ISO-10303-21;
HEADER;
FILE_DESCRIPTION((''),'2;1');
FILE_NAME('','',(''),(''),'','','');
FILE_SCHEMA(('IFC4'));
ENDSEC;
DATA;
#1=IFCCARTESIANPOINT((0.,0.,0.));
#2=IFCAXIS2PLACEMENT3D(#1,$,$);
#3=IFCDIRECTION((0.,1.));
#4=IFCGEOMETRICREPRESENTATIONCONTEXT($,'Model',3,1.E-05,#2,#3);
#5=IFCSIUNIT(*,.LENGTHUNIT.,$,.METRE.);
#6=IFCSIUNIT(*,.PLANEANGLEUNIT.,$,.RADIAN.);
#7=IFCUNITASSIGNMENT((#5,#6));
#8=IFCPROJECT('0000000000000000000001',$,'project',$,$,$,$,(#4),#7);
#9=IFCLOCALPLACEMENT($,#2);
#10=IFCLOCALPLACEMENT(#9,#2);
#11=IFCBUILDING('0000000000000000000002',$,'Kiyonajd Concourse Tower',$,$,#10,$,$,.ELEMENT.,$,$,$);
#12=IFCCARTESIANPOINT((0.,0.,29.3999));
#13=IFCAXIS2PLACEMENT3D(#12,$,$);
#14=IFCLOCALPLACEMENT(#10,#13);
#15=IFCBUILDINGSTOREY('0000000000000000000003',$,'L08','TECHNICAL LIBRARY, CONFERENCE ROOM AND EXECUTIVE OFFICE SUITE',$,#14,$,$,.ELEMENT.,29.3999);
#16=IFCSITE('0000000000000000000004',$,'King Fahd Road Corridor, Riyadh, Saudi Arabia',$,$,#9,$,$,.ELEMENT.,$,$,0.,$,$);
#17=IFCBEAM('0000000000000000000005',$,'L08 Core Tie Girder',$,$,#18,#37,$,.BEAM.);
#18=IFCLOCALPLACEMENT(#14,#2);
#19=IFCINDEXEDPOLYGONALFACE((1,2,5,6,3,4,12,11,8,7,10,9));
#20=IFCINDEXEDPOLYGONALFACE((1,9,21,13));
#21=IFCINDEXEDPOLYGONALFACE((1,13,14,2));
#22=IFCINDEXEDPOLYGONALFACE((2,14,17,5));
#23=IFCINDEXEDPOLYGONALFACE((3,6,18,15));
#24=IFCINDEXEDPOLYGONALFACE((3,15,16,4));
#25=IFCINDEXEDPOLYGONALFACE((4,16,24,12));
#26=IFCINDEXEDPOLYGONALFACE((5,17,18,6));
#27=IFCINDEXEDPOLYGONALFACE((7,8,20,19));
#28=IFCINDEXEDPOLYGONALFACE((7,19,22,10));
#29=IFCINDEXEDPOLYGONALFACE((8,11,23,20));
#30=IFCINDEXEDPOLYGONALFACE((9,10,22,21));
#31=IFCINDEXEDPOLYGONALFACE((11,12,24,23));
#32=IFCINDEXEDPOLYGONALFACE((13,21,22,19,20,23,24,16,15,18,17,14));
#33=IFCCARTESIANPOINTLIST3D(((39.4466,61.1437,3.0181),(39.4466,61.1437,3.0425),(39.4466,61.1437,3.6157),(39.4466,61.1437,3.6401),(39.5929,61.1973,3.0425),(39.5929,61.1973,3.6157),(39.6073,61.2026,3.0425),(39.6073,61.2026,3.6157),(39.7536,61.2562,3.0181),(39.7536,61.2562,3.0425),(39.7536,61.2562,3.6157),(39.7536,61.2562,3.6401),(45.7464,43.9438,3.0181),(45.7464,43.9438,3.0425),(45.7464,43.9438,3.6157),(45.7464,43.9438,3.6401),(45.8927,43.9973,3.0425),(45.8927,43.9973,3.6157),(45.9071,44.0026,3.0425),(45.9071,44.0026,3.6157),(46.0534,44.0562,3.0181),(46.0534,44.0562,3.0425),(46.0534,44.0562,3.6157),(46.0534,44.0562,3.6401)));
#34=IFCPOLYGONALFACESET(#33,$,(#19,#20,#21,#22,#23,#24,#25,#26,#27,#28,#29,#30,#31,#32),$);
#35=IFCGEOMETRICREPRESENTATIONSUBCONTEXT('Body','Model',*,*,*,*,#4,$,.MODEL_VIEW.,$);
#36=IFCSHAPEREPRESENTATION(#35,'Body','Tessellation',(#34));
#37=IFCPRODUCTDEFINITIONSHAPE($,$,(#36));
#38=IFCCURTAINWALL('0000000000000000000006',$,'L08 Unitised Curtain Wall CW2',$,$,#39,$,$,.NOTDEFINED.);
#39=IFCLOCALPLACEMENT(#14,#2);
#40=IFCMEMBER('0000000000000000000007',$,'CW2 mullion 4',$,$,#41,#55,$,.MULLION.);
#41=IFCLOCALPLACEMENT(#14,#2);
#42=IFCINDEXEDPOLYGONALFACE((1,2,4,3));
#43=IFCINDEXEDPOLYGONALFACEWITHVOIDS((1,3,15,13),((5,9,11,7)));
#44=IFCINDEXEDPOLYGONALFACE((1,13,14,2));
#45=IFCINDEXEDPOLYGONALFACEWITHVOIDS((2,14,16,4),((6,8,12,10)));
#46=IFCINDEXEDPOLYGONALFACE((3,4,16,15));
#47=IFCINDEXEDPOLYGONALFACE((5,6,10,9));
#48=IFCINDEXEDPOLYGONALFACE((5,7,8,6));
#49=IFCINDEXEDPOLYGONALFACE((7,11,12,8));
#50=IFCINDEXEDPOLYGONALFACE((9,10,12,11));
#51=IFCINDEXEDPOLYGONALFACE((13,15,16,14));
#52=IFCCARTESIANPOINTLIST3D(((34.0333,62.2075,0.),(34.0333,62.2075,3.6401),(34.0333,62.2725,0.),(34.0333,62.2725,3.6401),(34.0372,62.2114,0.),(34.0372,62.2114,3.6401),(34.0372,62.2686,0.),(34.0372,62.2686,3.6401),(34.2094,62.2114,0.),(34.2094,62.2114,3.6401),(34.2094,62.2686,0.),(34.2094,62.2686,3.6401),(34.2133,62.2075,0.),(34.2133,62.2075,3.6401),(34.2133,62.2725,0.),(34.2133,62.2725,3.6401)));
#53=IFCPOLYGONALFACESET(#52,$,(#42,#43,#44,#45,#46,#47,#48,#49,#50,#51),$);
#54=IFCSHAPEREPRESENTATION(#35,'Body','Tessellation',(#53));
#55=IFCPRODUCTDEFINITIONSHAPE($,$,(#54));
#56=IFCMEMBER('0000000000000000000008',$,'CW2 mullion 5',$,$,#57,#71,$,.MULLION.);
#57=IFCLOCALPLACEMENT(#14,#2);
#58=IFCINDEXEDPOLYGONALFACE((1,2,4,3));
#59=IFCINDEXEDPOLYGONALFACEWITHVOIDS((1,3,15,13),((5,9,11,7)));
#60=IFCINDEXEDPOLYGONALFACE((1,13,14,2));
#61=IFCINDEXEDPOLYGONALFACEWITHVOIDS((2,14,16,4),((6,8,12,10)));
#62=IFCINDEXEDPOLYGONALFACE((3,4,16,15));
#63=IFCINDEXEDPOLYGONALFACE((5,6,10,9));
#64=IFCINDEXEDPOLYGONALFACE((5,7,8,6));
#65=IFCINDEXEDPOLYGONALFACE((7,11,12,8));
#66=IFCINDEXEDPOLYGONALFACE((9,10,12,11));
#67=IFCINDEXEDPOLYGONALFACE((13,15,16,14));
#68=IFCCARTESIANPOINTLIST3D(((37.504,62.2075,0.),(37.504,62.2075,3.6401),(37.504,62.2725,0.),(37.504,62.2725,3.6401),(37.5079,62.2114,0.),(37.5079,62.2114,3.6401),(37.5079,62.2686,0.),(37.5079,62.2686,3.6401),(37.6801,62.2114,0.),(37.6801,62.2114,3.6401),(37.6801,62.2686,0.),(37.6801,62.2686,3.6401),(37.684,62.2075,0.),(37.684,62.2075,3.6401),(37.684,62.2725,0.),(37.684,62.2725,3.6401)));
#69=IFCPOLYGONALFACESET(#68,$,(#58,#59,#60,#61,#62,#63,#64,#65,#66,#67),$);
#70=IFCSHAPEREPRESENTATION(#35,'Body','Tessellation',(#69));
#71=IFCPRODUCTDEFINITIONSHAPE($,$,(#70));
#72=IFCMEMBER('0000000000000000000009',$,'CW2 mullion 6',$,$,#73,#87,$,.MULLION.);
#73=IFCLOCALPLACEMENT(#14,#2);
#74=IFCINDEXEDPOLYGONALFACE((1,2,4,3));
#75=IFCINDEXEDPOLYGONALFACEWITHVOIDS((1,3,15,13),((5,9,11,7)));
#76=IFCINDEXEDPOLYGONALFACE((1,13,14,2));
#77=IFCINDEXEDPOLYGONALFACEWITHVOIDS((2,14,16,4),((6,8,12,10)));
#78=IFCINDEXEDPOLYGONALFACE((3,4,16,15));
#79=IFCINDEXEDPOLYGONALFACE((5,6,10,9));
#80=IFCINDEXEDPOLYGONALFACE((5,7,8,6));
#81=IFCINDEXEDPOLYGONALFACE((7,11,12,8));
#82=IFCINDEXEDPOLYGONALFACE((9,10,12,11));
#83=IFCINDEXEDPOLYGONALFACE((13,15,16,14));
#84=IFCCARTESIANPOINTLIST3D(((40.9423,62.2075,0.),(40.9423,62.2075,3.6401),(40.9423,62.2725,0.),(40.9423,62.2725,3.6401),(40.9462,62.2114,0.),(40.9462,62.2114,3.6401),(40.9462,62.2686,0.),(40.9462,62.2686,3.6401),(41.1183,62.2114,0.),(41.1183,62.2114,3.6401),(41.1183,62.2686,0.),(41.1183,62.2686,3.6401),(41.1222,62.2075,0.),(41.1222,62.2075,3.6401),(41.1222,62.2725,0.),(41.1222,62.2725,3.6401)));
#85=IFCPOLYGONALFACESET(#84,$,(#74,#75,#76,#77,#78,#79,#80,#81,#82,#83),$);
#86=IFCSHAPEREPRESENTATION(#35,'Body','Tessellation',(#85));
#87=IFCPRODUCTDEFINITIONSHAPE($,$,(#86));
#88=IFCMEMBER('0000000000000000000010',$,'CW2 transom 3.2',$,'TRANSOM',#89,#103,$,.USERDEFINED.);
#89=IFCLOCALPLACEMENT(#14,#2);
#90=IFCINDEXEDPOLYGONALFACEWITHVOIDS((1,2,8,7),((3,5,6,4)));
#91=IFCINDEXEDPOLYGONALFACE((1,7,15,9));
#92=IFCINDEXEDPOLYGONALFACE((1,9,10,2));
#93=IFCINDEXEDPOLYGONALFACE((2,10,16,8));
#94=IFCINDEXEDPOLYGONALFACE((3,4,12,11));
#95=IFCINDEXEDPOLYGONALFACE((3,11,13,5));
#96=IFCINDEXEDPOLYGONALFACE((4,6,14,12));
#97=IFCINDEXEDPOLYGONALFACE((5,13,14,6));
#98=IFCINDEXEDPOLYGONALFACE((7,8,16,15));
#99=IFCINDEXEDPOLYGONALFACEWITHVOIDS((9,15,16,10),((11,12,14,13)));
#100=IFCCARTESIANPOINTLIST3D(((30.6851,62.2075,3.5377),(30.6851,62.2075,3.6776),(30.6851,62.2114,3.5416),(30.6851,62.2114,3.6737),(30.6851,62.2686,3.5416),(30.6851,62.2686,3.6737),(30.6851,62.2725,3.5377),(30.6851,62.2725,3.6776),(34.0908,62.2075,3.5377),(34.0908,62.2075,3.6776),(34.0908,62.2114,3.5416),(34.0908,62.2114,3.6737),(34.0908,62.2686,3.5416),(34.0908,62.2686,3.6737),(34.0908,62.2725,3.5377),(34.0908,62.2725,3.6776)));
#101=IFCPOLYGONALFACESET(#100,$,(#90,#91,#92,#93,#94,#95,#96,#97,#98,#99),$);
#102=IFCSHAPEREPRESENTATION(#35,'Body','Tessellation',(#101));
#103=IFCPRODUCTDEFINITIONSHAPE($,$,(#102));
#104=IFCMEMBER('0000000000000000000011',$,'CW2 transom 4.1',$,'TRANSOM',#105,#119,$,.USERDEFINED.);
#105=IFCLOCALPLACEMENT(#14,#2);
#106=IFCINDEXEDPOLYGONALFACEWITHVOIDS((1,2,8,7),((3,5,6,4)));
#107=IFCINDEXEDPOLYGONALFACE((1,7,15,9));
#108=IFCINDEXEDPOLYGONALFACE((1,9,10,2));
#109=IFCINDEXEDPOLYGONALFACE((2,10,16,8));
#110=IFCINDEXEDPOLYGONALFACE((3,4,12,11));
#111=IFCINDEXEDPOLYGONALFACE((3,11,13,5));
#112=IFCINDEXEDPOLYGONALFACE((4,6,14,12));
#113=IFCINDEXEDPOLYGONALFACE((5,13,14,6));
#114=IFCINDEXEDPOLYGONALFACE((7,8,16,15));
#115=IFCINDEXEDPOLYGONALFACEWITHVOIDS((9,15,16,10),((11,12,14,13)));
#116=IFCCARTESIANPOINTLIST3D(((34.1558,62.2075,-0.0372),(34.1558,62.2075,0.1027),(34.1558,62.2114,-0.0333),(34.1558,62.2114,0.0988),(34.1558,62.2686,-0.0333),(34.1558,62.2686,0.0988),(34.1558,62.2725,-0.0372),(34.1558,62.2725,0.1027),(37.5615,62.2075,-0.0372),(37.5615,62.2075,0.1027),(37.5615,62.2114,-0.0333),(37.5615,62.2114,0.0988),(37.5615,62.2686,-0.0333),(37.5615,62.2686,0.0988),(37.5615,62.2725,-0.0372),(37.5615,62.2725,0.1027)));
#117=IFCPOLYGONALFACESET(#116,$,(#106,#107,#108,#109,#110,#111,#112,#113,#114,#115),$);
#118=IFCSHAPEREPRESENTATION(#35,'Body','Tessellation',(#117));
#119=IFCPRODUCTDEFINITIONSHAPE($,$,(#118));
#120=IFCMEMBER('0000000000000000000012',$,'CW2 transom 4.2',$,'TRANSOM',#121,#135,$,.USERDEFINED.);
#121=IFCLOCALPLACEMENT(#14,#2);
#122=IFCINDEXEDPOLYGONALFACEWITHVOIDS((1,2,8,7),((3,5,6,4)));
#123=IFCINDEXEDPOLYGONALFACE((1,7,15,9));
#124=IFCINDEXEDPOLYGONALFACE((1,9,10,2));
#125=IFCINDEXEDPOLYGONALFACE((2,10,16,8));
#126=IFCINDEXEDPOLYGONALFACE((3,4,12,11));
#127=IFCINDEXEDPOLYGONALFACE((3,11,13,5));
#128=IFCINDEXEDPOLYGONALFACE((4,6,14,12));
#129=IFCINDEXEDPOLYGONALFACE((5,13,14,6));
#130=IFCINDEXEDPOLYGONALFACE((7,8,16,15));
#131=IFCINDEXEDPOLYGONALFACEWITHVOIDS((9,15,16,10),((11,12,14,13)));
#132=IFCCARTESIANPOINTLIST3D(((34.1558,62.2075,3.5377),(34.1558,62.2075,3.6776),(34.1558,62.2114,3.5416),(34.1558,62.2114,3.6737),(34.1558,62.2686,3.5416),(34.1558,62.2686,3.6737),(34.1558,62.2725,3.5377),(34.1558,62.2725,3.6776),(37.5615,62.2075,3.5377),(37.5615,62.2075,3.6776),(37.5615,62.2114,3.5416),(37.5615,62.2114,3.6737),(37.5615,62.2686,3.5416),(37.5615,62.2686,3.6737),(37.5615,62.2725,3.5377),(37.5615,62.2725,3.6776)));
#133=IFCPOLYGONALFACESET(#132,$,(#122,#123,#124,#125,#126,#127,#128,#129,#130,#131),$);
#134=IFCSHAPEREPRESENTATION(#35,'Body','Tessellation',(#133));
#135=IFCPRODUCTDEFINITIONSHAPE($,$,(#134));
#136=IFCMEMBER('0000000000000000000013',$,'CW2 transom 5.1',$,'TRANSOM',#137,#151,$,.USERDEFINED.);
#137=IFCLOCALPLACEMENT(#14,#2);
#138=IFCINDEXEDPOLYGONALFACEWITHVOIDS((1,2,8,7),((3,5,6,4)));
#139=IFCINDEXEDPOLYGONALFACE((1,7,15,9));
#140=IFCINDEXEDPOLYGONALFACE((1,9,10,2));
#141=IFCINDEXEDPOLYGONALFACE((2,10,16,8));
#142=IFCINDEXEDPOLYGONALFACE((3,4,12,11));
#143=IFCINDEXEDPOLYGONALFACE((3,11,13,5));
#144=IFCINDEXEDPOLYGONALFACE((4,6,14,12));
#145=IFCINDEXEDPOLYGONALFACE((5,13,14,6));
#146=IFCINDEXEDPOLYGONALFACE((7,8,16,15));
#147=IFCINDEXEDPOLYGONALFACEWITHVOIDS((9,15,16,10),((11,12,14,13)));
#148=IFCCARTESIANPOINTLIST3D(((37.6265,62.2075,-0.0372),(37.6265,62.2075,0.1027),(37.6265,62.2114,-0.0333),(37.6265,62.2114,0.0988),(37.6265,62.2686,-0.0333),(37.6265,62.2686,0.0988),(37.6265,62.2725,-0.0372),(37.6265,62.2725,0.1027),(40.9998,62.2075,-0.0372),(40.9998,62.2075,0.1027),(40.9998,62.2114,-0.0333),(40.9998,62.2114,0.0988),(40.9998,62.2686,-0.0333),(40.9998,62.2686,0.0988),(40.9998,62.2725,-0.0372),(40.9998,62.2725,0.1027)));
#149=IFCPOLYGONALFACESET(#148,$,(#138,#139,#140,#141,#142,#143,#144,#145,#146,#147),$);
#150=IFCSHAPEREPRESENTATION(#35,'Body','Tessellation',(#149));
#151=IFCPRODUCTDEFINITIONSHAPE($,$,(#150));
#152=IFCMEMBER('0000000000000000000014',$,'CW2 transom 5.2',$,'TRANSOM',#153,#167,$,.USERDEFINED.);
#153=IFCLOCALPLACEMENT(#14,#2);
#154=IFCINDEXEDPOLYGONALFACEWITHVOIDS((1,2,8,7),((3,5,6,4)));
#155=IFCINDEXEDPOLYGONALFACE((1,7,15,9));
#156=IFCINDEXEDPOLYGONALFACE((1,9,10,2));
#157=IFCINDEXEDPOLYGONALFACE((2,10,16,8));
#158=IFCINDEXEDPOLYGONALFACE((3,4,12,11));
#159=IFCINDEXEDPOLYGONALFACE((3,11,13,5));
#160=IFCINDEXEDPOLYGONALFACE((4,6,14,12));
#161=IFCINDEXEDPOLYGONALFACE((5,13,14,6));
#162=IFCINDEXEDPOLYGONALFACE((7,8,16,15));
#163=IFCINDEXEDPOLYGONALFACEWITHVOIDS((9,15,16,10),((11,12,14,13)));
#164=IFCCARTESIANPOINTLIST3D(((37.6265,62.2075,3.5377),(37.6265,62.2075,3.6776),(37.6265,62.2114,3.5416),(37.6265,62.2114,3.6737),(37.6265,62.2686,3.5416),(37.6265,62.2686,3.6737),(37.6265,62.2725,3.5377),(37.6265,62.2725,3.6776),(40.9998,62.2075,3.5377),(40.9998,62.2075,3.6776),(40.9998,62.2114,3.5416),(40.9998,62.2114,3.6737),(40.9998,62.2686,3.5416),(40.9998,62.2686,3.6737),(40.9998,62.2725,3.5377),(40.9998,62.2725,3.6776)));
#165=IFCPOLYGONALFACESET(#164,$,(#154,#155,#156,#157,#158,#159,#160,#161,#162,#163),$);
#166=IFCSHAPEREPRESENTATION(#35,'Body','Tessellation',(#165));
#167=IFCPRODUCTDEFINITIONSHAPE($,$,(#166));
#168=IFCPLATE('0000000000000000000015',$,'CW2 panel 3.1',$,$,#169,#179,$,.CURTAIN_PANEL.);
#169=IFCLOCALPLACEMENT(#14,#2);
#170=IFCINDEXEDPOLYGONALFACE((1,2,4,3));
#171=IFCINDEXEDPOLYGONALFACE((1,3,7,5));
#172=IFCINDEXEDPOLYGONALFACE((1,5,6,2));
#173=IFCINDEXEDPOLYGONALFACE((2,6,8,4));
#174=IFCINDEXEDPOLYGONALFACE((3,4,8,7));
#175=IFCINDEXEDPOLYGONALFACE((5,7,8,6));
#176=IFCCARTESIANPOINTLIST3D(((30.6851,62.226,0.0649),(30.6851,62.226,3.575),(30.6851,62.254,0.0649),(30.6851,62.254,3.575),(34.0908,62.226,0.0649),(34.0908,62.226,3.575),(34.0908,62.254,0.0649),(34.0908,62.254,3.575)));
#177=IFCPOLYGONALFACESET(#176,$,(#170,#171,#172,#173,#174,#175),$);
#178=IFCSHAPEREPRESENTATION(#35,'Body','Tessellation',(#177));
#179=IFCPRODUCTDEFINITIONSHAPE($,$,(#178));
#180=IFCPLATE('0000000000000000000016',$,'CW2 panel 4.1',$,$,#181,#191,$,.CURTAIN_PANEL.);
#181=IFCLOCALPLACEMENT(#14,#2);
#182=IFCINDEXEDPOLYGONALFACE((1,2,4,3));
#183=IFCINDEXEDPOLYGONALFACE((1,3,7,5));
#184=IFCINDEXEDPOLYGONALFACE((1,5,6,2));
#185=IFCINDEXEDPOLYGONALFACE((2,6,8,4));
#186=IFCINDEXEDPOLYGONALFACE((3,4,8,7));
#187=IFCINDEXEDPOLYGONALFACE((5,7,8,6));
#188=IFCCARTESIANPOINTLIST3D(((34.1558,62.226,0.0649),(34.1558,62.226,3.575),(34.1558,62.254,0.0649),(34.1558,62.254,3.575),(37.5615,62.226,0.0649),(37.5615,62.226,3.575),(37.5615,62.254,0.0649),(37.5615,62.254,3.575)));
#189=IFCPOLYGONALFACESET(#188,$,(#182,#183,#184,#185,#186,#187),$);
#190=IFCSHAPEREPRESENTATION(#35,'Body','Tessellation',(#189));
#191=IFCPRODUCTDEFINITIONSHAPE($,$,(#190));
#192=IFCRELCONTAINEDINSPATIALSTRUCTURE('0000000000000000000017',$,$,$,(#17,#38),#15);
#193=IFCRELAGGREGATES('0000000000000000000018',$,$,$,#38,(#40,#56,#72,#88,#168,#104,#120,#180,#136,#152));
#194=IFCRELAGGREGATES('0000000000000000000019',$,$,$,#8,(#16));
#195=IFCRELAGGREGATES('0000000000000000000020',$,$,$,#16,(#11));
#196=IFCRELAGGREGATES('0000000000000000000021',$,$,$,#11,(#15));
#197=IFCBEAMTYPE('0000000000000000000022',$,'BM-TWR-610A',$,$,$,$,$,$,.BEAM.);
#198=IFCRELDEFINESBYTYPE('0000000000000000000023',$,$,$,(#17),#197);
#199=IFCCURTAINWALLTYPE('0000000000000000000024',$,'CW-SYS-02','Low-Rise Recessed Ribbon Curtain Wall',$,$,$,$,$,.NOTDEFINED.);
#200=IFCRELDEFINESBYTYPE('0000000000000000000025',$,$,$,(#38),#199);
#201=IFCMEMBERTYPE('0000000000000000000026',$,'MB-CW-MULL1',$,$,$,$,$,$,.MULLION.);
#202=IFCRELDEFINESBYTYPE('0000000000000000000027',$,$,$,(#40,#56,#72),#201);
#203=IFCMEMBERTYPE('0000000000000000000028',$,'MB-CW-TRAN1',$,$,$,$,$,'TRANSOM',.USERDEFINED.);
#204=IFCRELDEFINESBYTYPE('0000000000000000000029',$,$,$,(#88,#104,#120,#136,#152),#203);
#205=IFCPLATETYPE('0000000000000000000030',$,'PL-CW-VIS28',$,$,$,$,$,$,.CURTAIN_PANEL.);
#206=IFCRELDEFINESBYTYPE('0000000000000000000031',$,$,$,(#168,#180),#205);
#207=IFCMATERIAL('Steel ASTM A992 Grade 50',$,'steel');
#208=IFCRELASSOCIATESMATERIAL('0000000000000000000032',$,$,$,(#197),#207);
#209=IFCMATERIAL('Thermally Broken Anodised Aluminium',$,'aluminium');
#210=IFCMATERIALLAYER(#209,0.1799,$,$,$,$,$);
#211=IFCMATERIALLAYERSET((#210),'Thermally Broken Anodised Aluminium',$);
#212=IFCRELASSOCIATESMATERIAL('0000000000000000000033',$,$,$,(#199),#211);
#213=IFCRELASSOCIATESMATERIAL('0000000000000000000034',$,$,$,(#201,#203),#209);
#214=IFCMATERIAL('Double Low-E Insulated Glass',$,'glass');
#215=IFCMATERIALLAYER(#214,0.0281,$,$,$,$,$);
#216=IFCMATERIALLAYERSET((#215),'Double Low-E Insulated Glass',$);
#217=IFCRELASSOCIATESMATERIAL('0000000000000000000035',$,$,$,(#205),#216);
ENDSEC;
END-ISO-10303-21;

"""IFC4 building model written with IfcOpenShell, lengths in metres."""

from ifc_helpers import new_model, si_unit, direction, frame, origin, origin_2d, place, context, subcontext, project, spatial, rectangle, hollow_rectangle, i_section, extrude, material, layer, layer_set, material_profile, profile_set, type_object, element, aggregate, save


model = new_model("IFC4")

# Units and contexts
model_context = context("Model", 3, precision=1e-05, world=origin(), true_north=direction((0.0, 1.0)))
body_context = subcontext(model_context, "Body", "Model", "MODEL_VIEW")
ifc_project = project(units=[si_unit("LENGTHUNIT", "METRE"), si_unit("PLANEANGLEUNIT", "RADIAN")], contexts=[model_context])

# Site, building, storey
site_placement = place(None, origin())
site = spatial("IfcSite", under=ifc_project, at=site_placement, Name="King Fahd Road Corridor, Riyadh, Saudi Arabia", CompositionType="ELEMENT", RefElevation=0.0)
building_placement = place(site_placement, origin())
building = spatial("IfcBuilding", under=site, at=building_placement, Name="Kiyonajd Concourse Tower", CompositionType="ELEMENT")
storey_placement = place(building_placement, frame((0.0, 0.0, 29.3999)))
storey = spatial("IfcBuildingStorey", under=building, at=storey_placement, Name="L08", Description="TECHNICAL LIBRARY, CONFERENCE ROOM AND EXECUTIVE OFFICE SUITE", CompositionType="ELEMENT", Elevation=29.3999)

# Beam
ifc_material_1 = material(Name="Steel ASTM A992 Grade 50", Category="steel")
ifc_material_profile_1 = material_profile(ifc_material_1, i_section(OverallWidth=0.3269, OverallDepth=0.6221, WebThickness=0.0154, FlangeThickness=0.0244, at=origin_2d()), Name="W610X195")
ifc_profile_set_1 = profile_set([ifc_material_profile_1], Name="Steel ASTM A992 Grade 50")
beam_type_1 = type_object("IfcBeamType", Name="BM-TWR-610A", PredefinedType="BEAM", material=ifc_profile_set_1)
beam_1_placement = place(storey_placement, frame((39.6001, 61.2, 3.3291), z_axis=(0.343925, -0.938997, 0.0), x_axis=(0.938997, 0.343925, 0.0)))
element("IfcBeam", 1, at=beam_1_placement, inside=storey, type_object=beam_type_1, Name="L08 Core Tie Girder", PredefinedType="BEAM", context=body_context, shape_type="SweptSolid", body=[
    extrude(i_section(OverallWidth=0.3269, OverallDepth=0.6221, WebThickness=0.0154, FlangeThickness=0.0244, at=origin_2d()), origin(), (0.0, 0.0, 1.0), 18.3174),
])

# Curtain wall, members, plates
ifc_material_2 = material(Name="Thermally Broken Anodised Aluminium", Category="aluminium")
ifc_layer_1 = layer(ifc_material_2, 0.1799)
ifc_layer_set_1 = layer_set([ifc_layer_1], Name="Thermally Broken Anodised Aluminium")
curtain_wall_type = type_object("IfcCurtainWallType", Name="CW-SYS-02", Description="Low-Rise Recessed Ribbon Curtain Wall", PredefinedType="NOTDEFINED", material=ifc_layer_set_1)
curtain_wall_placement = place(storey_placement, origin())
curtain_wall = element("IfcCurtainWall", 2, at=curtain_wall_placement, inside=storey, type_object=curtain_wall_type, Name="L08 Unitised Curtain Wall CW2", PredefinedType="NOTDEFINED")
ifc_material_profile_2 = material_profile(ifc_material_2, hollow_rectangle(XDim=0.0649, YDim=0.1799, WallThickness=0.0039, at=origin_2d()), Name="MULL-65x180")
ifc_profile_set_2 = profile_set([ifc_material_profile_2], Name="Thermally Broken Anodised Aluminium")
member_type_1 = type_object("IfcMemberType", Name="MB-CW-MULL1", PredefinedType="MULLION", material=ifc_profile_set_2)
member_1_placement = place(storey_placement, frame((34.1233, 62.24, 0.0), z_axis=(0.0, 0.0, 1.0), x_axis=(0.0, 1.0, 0.0)))
member_1 = element("IfcMember", 3, at=member_1_placement, type_object=member_type_1, Name="CW2 mullion 4", PredefinedType="MULLION", context=body_context, shape_type="SweptSolid", body=[
    extrude(hollow_rectangle(XDim=0.0649, YDim=0.1799, WallThickness=0.0039, at=origin_2d()), origin(), (0.0, 0.0, 1.0), 3.6401),
])
member_2_placement = place(storey_placement, frame((37.594, 62.24, 0.0), z_axis=(0.0, 0.0, 1.0), x_axis=(0.0, 1.0, 0.0)))
member_2 = element("IfcMember", 4, at=member_2_placement, type_object=member_type_1, Name="CW2 mullion 5", PredefinedType="MULLION", context=body_context, shape_type="SweptSolid", body=[
    extrude(hollow_rectangle(XDim=0.0649, YDim=0.1799, WallThickness=0.0039, at=origin_2d()), origin(), (0.0, 0.0, 1.0), 3.6401),
])
member_3_placement = place(storey_placement, frame((41.0322, 62.24, 0.0), z_axis=(0.0, 0.0, 1.0), x_axis=(0.0, 1.0, 0.0)))
member_3 = element("IfcMember", 5, at=member_3_placement, type_object=member_type_1, Name="CW2 mullion 6", PredefinedType="MULLION", context=body_context, shape_type="SweptSolid", body=[
    extrude(hollow_rectangle(XDim=0.0649, YDim=0.1799, WallThickness=0.0039, at=origin_2d()), origin(), (0.0, 0.0, 1.0), 3.6401),
])
ifc_material_profile_3 = material_profile(ifc_material_2, hollow_rectangle(XDim=0.0649, YDim=0.1399, WallThickness=0.0039, at=origin_2d()), Name="TRAN-65x140")
ifc_profile_set_3 = profile_set([ifc_material_profile_3], Name="Thermally Broken Anodised Aluminium")
member_type_2 = type_object("IfcMemberType", Name="MB-CW-TRAN1", ElementType="TRANSOM", PredefinedType="USERDEFINED", material=ifc_profile_set_3)
member_4_placement = place(storey_placement, frame((30.6851, 62.24, 3.6077), z_axis=(1.0, 0.0, 0.0), x_axis=(0.0, 1.0, 0.0)))
member_4 = element("IfcMember", 6, at=member_4_placement, type_object=member_type_2, Name="CW2 transom 3.2", ObjectType="TRANSOM", PredefinedType="USERDEFINED", context=body_context, shape_type="SweptSolid", body=[
    extrude(hollow_rectangle(XDim=0.0649, YDim=0.1399, WallThickness=0.0039, at=origin_2d()), origin(), (0.0, 0.0, 1.0), 3.4058),
])
member_5_placement = place(storey_placement, frame((34.1558, 62.24, 0.0327), z_axis=(1.0, 0.0, 0.0), x_axis=(0.0, 1.0, 0.0)))
member_5 = element("IfcMember", 7, at=member_5_placement, type_object=member_type_2, Name="CW2 transom 4.1", ObjectType="TRANSOM", PredefinedType="USERDEFINED", context=body_context, shape_type="SweptSolid", body=[
    extrude(hollow_rectangle(XDim=0.0649, YDim=0.1399, WallThickness=0.0039, at=origin_2d()), origin(), (0.0, 0.0, 1.0), 3.4058),
])
member_6_placement = place(storey_placement, frame((34.1558, 62.24, 3.6077), z_axis=(1.0, 0.0, 0.0), x_axis=(0.0, 1.0, 0.0)))
member_6 = element("IfcMember", 8, at=member_6_placement, type_object=member_type_2, Name="CW2 transom 4.2", ObjectType="TRANSOM", PredefinedType="USERDEFINED", context=body_context, shape_type="SweptSolid", body=[
    extrude(hollow_rectangle(XDim=0.0649, YDim=0.1399, WallThickness=0.0039, at=origin_2d()), origin(), (0.0, 0.0, 1.0), 3.4058),
])
member_7_placement = place(storey_placement, frame((37.6265, 62.24, 0.0327), z_axis=(1.0, 0.0, 0.0), x_axis=(0.0, 1.0, 0.0)))
member_7 = element("IfcMember", 9, at=member_7_placement, type_object=member_type_2, Name="CW2 transom 5.1", ObjectType="TRANSOM", PredefinedType="USERDEFINED", context=body_context, shape_type="SweptSolid", body=[
    extrude(hollow_rectangle(XDim=0.0649, YDim=0.1399, WallThickness=0.0039, at=origin_2d()), origin(), (0.0, 0.0, 1.0), 3.3733),
])
member_8_placement = place(storey_placement, frame((37.6265, 62.24, 3.6077), z_axis=(1.0, 0.0, 0.0), x_axis=(0.0, 1.0, 0.0)))
member_8 = element("IfcMember", 10, at=member_8_placement, type_object=member_type_2, Name="CW2 transom 5.2", ObjectType="TRANSOM", PredefinedType="USERDEFINED", context=body_context, shape_type="SweptSolid", body=[
    extrude(hollow_rectangle(XDim=0.0649, YDim=0.1399, WallThickness=0.0039, at=origin_2d()), origin(), (0.0, 0.0, 1.0), 3.3733),
])
ifc_material_3 = material(Name="Double Low-E Insulated Glass", Category="glass")
ifc_layer_2 = layer(ifc_material_3, 0.0281)
ifc_layer_set_2 = layer_set([ifc_layer_2], Name="Double Low-E Insulated Glass")
plate_type_1 = type_object("IfcPlateType", Name="PL-CW-VIS28", PredefinedType="CURTAIN_PANEL", material=ifc_layer_set_2)
plate_1_placement = place(storey_placement, frame((32.3879, 62.24, 0.0649), z_axis=(0.0, 0.0, 1.0), x_axis=(1.0, 0.0, 0.0)))
plate_1 = element("IfcPlate", 11, at=plate_1_placement, type_object=plate_type_1, Name="CW2 panel 3.1", PredefinedType="CURTAIN_PANEL", context=body_context, shape_type="SweptSolid", body=[
    extrude(rectangle(XDim=3.4058, YDim=0.0281, at=origin_2d()), origin(), (0.0, 0.0, 1.0), 3.51),
])
plate_2_placement = place(storey_placement, frame((35.8586, 62.24, 0.0649), z_axis=(0.0, 0.0, 1.0), x_axis=(1.0, 0.0, 0.0)))
plate_2 = element("IfcPlate", 12, at=plate_2_placement, type_object=plate_type_1, Name="CW2 panel 4.1", PredefinedType="CURTAIN_PANEL", context=body_context, shape_type="SweptSolid", body=[
    extrude(rectangle(XDim=3.4058, YDim=0.0281, at=origin_2d()), origin(), (0.0, 0.0, 1.0), 3.51),
])
aggregate(curtain_wall, [member_1, member_2, member_3, member_4, plate_1, member_5, member_6, plate_2, member_7, member_8])

save(model, "model.ifc")
